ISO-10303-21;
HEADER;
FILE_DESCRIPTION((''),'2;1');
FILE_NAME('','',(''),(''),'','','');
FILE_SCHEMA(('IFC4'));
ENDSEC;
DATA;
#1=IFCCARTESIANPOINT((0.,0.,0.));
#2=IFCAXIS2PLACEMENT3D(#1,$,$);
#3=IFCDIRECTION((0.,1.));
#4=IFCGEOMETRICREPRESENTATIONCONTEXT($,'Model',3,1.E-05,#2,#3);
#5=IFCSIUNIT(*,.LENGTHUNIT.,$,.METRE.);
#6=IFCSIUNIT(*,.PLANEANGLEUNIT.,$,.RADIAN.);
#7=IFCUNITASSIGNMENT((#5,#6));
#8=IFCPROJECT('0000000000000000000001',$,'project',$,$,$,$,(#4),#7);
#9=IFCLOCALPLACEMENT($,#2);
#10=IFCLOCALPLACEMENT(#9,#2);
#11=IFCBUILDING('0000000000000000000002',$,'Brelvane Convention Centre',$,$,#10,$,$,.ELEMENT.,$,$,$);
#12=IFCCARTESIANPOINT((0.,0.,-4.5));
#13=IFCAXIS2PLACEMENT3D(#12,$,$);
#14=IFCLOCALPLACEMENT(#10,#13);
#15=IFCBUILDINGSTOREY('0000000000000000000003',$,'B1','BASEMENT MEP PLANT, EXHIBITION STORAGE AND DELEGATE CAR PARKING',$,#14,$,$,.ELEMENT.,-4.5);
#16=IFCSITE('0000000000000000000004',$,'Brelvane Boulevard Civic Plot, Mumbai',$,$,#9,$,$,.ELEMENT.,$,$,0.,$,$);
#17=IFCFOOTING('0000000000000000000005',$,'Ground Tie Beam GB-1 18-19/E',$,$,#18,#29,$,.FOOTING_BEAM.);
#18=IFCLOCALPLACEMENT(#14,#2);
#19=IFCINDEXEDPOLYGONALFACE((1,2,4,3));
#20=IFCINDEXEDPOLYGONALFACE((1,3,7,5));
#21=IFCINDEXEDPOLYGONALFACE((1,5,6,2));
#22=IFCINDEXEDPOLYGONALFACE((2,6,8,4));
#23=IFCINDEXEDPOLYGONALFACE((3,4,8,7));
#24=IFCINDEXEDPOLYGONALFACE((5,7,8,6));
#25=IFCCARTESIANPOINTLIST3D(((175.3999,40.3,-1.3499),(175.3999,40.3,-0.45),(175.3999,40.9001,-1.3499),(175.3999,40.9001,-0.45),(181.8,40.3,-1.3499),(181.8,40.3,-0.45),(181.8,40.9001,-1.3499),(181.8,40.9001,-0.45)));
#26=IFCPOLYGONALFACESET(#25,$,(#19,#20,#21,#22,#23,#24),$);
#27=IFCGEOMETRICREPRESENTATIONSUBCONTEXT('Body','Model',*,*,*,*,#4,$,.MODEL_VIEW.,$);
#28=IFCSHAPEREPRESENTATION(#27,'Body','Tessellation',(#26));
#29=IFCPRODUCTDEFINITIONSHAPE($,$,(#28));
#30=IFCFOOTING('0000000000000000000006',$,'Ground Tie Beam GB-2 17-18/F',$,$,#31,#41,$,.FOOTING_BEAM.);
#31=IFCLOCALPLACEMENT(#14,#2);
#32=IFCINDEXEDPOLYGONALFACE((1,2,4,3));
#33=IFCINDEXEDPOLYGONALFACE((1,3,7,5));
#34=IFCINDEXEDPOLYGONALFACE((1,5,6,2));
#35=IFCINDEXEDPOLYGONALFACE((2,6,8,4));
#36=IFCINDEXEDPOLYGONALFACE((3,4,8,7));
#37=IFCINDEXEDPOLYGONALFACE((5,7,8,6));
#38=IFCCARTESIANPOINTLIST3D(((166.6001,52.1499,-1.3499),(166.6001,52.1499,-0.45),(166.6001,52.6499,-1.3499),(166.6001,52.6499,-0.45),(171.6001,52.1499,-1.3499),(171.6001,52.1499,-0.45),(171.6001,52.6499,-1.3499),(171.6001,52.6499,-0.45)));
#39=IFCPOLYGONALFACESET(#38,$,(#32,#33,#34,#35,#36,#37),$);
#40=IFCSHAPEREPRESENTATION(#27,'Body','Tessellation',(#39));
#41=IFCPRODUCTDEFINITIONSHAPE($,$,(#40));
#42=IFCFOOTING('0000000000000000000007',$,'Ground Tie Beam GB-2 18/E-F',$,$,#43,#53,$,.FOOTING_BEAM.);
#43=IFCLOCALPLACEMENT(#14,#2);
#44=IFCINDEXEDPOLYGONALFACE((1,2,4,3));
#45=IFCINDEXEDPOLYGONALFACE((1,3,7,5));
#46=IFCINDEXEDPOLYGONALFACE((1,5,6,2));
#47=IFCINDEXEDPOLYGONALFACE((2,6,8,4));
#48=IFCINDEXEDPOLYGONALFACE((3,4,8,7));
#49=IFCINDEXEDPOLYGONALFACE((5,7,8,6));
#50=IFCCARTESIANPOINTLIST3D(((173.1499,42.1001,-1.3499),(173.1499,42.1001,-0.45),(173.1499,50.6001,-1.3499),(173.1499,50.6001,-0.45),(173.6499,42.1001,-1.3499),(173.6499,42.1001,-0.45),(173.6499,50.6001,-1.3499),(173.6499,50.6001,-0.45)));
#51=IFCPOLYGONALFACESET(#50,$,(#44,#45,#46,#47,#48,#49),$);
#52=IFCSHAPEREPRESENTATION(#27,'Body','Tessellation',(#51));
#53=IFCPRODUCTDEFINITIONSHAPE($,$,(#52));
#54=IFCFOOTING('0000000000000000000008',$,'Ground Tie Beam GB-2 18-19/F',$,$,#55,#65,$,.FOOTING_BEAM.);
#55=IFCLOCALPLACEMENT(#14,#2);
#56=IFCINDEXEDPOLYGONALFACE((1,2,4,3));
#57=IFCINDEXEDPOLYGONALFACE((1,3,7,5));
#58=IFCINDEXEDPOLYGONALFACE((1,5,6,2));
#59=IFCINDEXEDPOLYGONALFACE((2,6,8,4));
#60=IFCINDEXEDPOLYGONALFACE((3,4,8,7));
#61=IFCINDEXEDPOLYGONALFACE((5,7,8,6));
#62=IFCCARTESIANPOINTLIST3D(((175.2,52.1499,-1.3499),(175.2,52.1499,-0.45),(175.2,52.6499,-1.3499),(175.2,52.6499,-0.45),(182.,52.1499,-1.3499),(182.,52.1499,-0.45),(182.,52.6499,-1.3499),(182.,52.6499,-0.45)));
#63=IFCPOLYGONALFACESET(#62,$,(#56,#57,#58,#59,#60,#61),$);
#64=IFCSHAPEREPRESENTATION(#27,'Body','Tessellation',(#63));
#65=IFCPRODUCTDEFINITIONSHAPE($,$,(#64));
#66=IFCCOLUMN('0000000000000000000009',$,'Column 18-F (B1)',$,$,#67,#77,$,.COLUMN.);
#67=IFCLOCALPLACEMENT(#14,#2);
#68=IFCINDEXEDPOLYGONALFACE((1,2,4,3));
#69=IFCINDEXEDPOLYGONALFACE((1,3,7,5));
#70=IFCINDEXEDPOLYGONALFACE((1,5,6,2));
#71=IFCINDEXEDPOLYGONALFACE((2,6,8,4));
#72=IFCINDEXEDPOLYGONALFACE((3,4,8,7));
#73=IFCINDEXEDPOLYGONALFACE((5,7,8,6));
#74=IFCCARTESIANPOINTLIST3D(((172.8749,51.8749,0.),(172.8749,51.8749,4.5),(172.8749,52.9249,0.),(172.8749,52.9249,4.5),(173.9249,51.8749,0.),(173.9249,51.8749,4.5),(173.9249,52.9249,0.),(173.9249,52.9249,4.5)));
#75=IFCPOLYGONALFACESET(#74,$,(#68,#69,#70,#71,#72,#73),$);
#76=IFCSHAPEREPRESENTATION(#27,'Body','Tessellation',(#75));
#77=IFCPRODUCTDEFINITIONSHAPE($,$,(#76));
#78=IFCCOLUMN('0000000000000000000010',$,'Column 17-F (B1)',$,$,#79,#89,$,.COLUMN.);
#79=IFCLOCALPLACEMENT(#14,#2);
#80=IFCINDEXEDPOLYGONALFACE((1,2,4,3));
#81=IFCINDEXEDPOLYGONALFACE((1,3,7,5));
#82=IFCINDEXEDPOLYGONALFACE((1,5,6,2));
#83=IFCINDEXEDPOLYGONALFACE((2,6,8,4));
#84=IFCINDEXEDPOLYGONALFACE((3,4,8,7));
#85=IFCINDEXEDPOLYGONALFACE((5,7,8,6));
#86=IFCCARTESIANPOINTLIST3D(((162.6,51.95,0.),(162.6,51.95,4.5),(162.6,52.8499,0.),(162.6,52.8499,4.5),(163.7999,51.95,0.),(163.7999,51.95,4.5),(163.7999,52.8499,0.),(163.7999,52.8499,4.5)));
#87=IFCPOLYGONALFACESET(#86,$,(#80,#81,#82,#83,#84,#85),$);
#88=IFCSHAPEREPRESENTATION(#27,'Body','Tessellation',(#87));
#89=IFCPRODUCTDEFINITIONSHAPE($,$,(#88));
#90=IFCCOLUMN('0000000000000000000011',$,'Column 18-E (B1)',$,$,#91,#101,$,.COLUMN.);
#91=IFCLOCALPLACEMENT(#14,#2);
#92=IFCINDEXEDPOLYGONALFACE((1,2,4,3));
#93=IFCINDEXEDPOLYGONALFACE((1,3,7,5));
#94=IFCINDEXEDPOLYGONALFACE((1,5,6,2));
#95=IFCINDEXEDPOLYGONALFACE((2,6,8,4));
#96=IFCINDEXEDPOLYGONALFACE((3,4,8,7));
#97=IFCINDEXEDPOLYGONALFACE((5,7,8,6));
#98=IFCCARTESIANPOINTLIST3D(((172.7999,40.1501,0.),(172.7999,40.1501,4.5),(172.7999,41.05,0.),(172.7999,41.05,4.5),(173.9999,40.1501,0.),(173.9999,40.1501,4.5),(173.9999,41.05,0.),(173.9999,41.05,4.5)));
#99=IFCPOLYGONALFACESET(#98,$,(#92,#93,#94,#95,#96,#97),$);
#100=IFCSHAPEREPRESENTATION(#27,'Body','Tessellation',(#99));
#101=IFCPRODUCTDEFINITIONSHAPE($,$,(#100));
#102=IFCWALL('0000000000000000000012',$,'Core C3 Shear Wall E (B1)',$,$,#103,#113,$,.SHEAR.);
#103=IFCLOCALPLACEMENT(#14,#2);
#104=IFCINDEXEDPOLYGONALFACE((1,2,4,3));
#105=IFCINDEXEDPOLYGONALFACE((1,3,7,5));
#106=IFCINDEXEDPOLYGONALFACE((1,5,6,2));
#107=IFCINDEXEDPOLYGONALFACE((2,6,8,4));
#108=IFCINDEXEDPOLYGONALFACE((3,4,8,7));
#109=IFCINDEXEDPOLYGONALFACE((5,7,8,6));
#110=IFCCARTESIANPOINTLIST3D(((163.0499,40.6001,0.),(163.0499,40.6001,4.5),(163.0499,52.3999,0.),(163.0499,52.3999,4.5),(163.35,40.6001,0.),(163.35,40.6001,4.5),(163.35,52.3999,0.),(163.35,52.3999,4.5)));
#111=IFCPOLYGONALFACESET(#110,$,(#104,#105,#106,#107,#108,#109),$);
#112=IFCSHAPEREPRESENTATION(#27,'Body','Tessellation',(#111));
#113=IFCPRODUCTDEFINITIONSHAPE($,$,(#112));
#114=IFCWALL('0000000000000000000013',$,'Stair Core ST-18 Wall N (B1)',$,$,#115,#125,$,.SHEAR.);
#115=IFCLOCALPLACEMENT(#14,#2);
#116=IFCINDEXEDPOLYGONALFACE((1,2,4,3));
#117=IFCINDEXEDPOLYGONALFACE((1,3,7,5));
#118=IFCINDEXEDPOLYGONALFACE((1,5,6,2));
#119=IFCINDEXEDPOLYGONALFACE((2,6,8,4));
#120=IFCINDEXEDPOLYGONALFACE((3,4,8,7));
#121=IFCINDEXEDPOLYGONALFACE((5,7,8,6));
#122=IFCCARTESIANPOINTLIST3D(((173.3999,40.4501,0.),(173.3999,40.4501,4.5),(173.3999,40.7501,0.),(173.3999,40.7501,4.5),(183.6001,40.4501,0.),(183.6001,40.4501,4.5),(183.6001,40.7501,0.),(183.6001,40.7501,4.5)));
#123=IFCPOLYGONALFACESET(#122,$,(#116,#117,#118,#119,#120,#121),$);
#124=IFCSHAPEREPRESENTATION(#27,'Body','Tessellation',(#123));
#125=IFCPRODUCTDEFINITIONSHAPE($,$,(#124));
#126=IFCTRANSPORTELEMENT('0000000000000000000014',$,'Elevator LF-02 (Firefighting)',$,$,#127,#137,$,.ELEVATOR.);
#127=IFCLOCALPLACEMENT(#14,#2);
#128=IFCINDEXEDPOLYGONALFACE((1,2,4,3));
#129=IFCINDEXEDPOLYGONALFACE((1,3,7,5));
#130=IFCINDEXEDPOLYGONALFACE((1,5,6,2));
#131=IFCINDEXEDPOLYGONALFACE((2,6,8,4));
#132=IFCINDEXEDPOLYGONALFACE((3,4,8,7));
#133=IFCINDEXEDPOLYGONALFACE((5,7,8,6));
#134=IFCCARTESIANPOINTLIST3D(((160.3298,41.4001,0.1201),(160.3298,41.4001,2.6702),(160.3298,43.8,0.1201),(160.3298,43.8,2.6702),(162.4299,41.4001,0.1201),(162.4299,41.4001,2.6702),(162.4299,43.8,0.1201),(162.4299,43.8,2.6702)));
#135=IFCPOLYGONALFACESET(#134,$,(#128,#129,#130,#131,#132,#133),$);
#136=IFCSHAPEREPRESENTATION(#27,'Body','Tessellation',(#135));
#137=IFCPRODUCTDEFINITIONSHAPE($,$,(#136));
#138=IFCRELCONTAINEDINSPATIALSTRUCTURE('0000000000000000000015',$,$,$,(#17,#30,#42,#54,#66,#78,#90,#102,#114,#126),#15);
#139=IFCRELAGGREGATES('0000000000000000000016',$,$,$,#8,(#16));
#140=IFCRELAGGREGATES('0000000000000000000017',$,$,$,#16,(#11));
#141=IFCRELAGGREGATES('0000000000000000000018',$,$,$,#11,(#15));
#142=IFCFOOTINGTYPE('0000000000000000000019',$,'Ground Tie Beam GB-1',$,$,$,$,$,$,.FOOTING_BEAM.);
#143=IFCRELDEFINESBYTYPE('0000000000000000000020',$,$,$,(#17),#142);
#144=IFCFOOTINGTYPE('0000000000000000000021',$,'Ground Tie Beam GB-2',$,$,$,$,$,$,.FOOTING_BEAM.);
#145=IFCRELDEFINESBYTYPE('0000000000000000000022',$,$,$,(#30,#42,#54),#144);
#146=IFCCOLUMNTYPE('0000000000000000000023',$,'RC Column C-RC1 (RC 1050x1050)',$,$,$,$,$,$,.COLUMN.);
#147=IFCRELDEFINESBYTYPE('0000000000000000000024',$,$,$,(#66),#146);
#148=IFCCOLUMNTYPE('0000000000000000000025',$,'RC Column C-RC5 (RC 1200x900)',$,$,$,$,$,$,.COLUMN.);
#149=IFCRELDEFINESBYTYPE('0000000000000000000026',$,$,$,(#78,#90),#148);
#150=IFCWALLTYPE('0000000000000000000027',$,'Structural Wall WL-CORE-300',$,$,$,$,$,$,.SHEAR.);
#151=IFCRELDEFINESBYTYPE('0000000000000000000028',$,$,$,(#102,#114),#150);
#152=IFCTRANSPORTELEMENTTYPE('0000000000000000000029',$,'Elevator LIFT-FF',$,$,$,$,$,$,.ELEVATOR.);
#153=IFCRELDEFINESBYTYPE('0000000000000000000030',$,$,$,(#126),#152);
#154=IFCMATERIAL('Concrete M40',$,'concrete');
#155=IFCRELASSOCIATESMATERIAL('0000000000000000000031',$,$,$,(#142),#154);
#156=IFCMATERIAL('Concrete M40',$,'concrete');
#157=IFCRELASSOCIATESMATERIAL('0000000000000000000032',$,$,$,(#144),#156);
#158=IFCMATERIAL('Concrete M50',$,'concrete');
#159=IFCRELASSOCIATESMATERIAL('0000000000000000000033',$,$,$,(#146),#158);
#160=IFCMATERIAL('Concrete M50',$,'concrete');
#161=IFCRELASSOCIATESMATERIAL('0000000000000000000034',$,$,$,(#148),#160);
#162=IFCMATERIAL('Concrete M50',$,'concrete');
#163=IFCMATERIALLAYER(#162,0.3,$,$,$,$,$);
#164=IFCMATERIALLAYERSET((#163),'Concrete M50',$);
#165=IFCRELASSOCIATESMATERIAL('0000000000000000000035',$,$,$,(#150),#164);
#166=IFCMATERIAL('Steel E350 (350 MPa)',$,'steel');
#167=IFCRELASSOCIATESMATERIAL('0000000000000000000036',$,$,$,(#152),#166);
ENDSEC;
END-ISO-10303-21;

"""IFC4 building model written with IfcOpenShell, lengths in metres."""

from ifc_helpers import new_model, si_unit, direction, frame, frame_2d, origin, origin_2d, place, context, subcontext, project, spatial, rectangle, extrude, material, layer, layer_set, material_profile, profile_set, type_object, element, save


model = new_model("IFC4")

# Units and contexts
model_context = context("Model", 3, precision=1e-05, world=origin(), true_north=direction((0.0, 1.0)))
body_context = subcontext(model_context, "Body", "Model", "MODEL_VIEW")
ifc_project = project(units=[si_unit("LENGTHUNIT", "METRE"), si_unit("PLANEANGLEUNIT", "RADIAN")], contexts=[model_context])

# Site, building, storey
site_placement = place(None, origin())
site = spatial("IfcSite", under=ifc_project, at=site_placement, Name="Brelvane Boulevard Civic Plot, Mumbai", CompositionType="ELEMENT", RefElevation=0.0)
building_placement = place(site_placement, origin())
building = spatial("IfcBuilding", under=site, at=building_placement, Name="Brelvane Convention Centre", CompositionType="ELEMENT")
storey_placement = place(building_placement, frame((0.0, 0.0, -4.5)))
storey = spatial("IfcBuildingStorey", under=building, at=storey_placement, Name="B1", Description="BASEMENT MEP PLANT, EXHIBITION STORAGE AND DELEGATE CAR PARKING", CompositionType="ELEMENT", Elevation=-4.5)

# Footings
ifc_material_1 = material(Name="Concrete M40", Category="concrete")
ifc_material_profile_1 = material_profile(ifc_material_1, rectangle(XDim=0.6001, YDim=0.8999, at=origin_2d()), Name="RC 600x900")
ifc_profile_set_1 = profile_set([ifc_material_profile_1], Name="Concrete M40")
footing_type_1 = type_object("IfcFootingType", Name="Ground Tie Beam GB-1", PredefinedType="FOOTING_BEAM", material=ifc_profile_set_1)
footing_1_placement = place(storey_placement, frame((175.3999, 40.6001, -0.8999), z_axis=(1.0, 0.0, 0.0), x_axis=(0.0, 1.0, 0.0)))
element("IfcFooting", 1, at=footing_1_placement, inside=storey, type_object=footing_type_1, Name="Ground Tie Beam GB-1 18-19/E", PredefinedType="FOOTING_BEAM", context=body_context, shape_type="SweptSolid", body=[
    extrude(rectangle(XDim=0.6001, YDim=0.8999, at=origin_2d()), origin(), (0.0, 0.0, 1.0), 6.4001),
])
ifc_material_2 = material(Name="Concrete M40", Category="concrete")
ifc_material_profile_2 = material_profile(ifc_material_2, rectangle(XDim=0.5, YDim=0.8999, at=origin_2d()), Name="RC 500x900")
ifc_profile_set_2 = profile_set([ifc_material_profile_2], Name="Concrete M40")
footing_type_2 = type_object("IfcFootingType", Name="Ground Tie Beam GB-2", PredefinedType="FOOTING_BEAM", material=ifc_profile_set_2)
footing_2_placement = place(storey_placement, frame((166.6001, 52.3999, -0.8999), z_axis=(1.0, 0.0, 0.0), x_axis=(0.0, 1.0, 0.0)))
element("IfcFooting", 2, at=footing_2_placement, inside=storey, type_object=footing_type_2, Name="Ground Tie Beam GB-2 17-18/F", PredefinedType="FOOTING_BEAM", context=body_context, shape_type="SweptSolid", body=[
    extrude(rectangle(XDim=0.5, YDim=0.8999, at=origin_2d()), origin(), (0.0, 0.0, 1.0), 5.0),
])
footing_3_placement = place(storey_placement, frame((173.3999, 42.1001, -0.8999), z_axis=(0.0, 1.0, 0.0), x_axis=(-1.0, 0.0, 0.0)))
element("IfcFooting", 3, at=footing_3_placement, inside=storey, type_object=footing_type_2, Name="Ground Tie Beam GB-2 18/E-F", PredefinedType="FOOTING_BEAM", context=body_context, shape_type="SweptSolid", body=[
    extrude(rectangle(XDim=0.5, YDim=0.8999, at=origin_2d()), origin(), (0.0, 0.0, 1.0), 8.5),
])
footing_4_placement = place(storey_placement, frame((175.2, 52.3999, -0.8999), z_axis=(1.0, 0.0, 0.0), x_axis=(0.0, 1.0, 0.0)))
element("IfcFooting", 4, at=footing_4_placement, inside=storey, type_object=footing_type_2, Name="Ground Tie Beam GB-2 18-19/F", PredefinedType="FOOTING_BEAM", context=body_context, shape_type="SweptSolid", body=[
    extrude(rectangle(XDim=0.5, YDim=0.8999, at=origin_2d()), origin(), (0.0, 0.0, 1.0), 6.8),
])

# Columns
ifc_material_3 = material(Name="Concrete M50", Category="concrete")
ifc_material_profile_3 = material_profile(ifc_material_3, rectangle(XDim=1.05, YDim=1.05, at=origin_2d()), Name="RC 1050x1050")
ifc_profile_set_3 = profile_set([ifc_material_profile_3], Name="Concrete M50")
column_type_1 = type_object("IfcColumnType", Name="RC Column C-RC1 (RC 1050x1050)", PredefinedType="COLUMN", material=ifc_profile_set_3)
column_placement = place(storey_placement, frame((173.3999, 52.3999, 0.0), z_axis=(0.0, 0.0, 1.0), x_axis=(1.0, 0.0, 0.0)))
element("IfcColumn", 5, at=column_placement, inside=storey, type_object=column_type_1, Name="Column 18-F (B1)", PredefinedType="COLUMN", context=body_context, shape_type="SweptSolid", body=[
    extrude(rectangle(XDim=1.05, YDim=1.05, at=origin_2d()), origin(), (0.0, 0.0, 1.0), 4.5),
])
ifc_material_4 = material(Name="Concrete M50", Category="concrete")
ifc_material_profile_4 = material_profile(ifc_material_4, rectangle(XDim=1.2, YDim=0.8999, at=origin_2d()), Name="RC 1200x900")
ifc_profile_set_4 = profile_set([ifc_material_profile_4], Name="Concrete M50")
column_type_2 = type_object("IfcColumnType", Name="RC Column C-RC5 (RC 1200x900)", PredefinedType="COLUMN", material=ifc_profile_set_4)
for number, where, z_axis, x_axis, name in (
    (6, (163.2, 52.3999, 0.0), (0.0, 0.0, 1.0), (1.0, 0.0, 0.0), "Column 17-F (B1)"),
    (7, (173.3999, 40.6001, 0.0), (0.0, 0.0, 1.0), (1.0, 0.0, 0.0), "Column 18-E (B1)"),
):
    element("IfcColumn", number, at=place(storey_placement, frame(where, z_axis=z_axis, x_axis=x_axis)), inside=storey, type_object=column_type_2, Name=name, PredefinedType="COLUMN", context=body_context, shape_type="SweptSolid", body=[
        extrude(rectangle(XDim=1.2, YDim=0.8999, at=origin_2d()), origin(), (0.0, 0.0, 1.0), 4.5),
    ])

# Walls
ifc_material_5 = material(Name="Concrete M50", Category="concrete")
ifc_layer = layer(ifc_material_5, 0.3)
ifc_layer_set = layer_set([ifc_layer], Name="Concrete M50")
wall_type = type_object("IfcWallType", Name="Structural Wall WL-CORE-300", PredefinedType="SHEAR", material=ifc_layer_set)
wall_1_placement = place(storey_placement, frame((163.2, 40.6001, 0.0), z_axis=(0.0, 0.0, 1.0), x_axis=(0.0, 1.0, 0.0)))
element("IfcWall", 8, at=wall_1_placement, inside=storey, type_object=wall_type, Name="Core C3 Shear Wall E (B1)", PredefinedType="SHEAR", context=body_context, shape_type="SweptSolid", body=[
    extrude(rectangle(XDim=11.7998, YDim=0.3, at=frame_2d((5.8999, 0.0))), origin(), (0.0, 0.0, 1.0), 4.5),
])
wall_2_placement = place(storey_placement, frame((173.3999, 40.6001, 0.0), z_axis=(0.0, 0.0, 1.0), x_axis=(1.0, 0.0, 0.0)))
element("IfcWall", 9, at=wall_2_placement, inside=storey, type_object=wall_type, Name="Stair Core ST-18 Wall N (B1)", PredefinedType="SHEAR", context=body_context, shape_type="SweptSolid", body=[
    extrude(rectangle(XDim=10.2002, YDim=0.3, at=frame_2d((5.1001, 0.0))), origin(), (0.0, 0.0, 1.0), 4.5),
])

# Transport element
ifc_material_6 = material(Name="Steel E350 (350 MPa)", Category="steel")
transport_element_type = type_object("IfcTransportElementType", Name="Elevator LIFT-FF", PredefinedType="ELEVATOR", material=ifc_material_6)
transport_element_placement = place(storey_placement, frame((161.3799, 42.6001, 0.1201), z_axis=(0.0, 0.0, 1.0), x_axis=(1.0, 0.0, 0.0)))
element("IfcTransportElement", 10, at=transport_element_placement, inside=storey, type_object=transport_element_type, Name="Elevator LF-02 (Firefighting)", PredefinedType="ELEVATOR", context=body_context, shape_type="SweptSolid", body=[
    extrude(rectangle(XDim=2.1001, YDim=2.3999, at=origin_2d()), origin(), (0.0, 0.0, 1.0), 2.55),
])

save(model, "model.ifc")
